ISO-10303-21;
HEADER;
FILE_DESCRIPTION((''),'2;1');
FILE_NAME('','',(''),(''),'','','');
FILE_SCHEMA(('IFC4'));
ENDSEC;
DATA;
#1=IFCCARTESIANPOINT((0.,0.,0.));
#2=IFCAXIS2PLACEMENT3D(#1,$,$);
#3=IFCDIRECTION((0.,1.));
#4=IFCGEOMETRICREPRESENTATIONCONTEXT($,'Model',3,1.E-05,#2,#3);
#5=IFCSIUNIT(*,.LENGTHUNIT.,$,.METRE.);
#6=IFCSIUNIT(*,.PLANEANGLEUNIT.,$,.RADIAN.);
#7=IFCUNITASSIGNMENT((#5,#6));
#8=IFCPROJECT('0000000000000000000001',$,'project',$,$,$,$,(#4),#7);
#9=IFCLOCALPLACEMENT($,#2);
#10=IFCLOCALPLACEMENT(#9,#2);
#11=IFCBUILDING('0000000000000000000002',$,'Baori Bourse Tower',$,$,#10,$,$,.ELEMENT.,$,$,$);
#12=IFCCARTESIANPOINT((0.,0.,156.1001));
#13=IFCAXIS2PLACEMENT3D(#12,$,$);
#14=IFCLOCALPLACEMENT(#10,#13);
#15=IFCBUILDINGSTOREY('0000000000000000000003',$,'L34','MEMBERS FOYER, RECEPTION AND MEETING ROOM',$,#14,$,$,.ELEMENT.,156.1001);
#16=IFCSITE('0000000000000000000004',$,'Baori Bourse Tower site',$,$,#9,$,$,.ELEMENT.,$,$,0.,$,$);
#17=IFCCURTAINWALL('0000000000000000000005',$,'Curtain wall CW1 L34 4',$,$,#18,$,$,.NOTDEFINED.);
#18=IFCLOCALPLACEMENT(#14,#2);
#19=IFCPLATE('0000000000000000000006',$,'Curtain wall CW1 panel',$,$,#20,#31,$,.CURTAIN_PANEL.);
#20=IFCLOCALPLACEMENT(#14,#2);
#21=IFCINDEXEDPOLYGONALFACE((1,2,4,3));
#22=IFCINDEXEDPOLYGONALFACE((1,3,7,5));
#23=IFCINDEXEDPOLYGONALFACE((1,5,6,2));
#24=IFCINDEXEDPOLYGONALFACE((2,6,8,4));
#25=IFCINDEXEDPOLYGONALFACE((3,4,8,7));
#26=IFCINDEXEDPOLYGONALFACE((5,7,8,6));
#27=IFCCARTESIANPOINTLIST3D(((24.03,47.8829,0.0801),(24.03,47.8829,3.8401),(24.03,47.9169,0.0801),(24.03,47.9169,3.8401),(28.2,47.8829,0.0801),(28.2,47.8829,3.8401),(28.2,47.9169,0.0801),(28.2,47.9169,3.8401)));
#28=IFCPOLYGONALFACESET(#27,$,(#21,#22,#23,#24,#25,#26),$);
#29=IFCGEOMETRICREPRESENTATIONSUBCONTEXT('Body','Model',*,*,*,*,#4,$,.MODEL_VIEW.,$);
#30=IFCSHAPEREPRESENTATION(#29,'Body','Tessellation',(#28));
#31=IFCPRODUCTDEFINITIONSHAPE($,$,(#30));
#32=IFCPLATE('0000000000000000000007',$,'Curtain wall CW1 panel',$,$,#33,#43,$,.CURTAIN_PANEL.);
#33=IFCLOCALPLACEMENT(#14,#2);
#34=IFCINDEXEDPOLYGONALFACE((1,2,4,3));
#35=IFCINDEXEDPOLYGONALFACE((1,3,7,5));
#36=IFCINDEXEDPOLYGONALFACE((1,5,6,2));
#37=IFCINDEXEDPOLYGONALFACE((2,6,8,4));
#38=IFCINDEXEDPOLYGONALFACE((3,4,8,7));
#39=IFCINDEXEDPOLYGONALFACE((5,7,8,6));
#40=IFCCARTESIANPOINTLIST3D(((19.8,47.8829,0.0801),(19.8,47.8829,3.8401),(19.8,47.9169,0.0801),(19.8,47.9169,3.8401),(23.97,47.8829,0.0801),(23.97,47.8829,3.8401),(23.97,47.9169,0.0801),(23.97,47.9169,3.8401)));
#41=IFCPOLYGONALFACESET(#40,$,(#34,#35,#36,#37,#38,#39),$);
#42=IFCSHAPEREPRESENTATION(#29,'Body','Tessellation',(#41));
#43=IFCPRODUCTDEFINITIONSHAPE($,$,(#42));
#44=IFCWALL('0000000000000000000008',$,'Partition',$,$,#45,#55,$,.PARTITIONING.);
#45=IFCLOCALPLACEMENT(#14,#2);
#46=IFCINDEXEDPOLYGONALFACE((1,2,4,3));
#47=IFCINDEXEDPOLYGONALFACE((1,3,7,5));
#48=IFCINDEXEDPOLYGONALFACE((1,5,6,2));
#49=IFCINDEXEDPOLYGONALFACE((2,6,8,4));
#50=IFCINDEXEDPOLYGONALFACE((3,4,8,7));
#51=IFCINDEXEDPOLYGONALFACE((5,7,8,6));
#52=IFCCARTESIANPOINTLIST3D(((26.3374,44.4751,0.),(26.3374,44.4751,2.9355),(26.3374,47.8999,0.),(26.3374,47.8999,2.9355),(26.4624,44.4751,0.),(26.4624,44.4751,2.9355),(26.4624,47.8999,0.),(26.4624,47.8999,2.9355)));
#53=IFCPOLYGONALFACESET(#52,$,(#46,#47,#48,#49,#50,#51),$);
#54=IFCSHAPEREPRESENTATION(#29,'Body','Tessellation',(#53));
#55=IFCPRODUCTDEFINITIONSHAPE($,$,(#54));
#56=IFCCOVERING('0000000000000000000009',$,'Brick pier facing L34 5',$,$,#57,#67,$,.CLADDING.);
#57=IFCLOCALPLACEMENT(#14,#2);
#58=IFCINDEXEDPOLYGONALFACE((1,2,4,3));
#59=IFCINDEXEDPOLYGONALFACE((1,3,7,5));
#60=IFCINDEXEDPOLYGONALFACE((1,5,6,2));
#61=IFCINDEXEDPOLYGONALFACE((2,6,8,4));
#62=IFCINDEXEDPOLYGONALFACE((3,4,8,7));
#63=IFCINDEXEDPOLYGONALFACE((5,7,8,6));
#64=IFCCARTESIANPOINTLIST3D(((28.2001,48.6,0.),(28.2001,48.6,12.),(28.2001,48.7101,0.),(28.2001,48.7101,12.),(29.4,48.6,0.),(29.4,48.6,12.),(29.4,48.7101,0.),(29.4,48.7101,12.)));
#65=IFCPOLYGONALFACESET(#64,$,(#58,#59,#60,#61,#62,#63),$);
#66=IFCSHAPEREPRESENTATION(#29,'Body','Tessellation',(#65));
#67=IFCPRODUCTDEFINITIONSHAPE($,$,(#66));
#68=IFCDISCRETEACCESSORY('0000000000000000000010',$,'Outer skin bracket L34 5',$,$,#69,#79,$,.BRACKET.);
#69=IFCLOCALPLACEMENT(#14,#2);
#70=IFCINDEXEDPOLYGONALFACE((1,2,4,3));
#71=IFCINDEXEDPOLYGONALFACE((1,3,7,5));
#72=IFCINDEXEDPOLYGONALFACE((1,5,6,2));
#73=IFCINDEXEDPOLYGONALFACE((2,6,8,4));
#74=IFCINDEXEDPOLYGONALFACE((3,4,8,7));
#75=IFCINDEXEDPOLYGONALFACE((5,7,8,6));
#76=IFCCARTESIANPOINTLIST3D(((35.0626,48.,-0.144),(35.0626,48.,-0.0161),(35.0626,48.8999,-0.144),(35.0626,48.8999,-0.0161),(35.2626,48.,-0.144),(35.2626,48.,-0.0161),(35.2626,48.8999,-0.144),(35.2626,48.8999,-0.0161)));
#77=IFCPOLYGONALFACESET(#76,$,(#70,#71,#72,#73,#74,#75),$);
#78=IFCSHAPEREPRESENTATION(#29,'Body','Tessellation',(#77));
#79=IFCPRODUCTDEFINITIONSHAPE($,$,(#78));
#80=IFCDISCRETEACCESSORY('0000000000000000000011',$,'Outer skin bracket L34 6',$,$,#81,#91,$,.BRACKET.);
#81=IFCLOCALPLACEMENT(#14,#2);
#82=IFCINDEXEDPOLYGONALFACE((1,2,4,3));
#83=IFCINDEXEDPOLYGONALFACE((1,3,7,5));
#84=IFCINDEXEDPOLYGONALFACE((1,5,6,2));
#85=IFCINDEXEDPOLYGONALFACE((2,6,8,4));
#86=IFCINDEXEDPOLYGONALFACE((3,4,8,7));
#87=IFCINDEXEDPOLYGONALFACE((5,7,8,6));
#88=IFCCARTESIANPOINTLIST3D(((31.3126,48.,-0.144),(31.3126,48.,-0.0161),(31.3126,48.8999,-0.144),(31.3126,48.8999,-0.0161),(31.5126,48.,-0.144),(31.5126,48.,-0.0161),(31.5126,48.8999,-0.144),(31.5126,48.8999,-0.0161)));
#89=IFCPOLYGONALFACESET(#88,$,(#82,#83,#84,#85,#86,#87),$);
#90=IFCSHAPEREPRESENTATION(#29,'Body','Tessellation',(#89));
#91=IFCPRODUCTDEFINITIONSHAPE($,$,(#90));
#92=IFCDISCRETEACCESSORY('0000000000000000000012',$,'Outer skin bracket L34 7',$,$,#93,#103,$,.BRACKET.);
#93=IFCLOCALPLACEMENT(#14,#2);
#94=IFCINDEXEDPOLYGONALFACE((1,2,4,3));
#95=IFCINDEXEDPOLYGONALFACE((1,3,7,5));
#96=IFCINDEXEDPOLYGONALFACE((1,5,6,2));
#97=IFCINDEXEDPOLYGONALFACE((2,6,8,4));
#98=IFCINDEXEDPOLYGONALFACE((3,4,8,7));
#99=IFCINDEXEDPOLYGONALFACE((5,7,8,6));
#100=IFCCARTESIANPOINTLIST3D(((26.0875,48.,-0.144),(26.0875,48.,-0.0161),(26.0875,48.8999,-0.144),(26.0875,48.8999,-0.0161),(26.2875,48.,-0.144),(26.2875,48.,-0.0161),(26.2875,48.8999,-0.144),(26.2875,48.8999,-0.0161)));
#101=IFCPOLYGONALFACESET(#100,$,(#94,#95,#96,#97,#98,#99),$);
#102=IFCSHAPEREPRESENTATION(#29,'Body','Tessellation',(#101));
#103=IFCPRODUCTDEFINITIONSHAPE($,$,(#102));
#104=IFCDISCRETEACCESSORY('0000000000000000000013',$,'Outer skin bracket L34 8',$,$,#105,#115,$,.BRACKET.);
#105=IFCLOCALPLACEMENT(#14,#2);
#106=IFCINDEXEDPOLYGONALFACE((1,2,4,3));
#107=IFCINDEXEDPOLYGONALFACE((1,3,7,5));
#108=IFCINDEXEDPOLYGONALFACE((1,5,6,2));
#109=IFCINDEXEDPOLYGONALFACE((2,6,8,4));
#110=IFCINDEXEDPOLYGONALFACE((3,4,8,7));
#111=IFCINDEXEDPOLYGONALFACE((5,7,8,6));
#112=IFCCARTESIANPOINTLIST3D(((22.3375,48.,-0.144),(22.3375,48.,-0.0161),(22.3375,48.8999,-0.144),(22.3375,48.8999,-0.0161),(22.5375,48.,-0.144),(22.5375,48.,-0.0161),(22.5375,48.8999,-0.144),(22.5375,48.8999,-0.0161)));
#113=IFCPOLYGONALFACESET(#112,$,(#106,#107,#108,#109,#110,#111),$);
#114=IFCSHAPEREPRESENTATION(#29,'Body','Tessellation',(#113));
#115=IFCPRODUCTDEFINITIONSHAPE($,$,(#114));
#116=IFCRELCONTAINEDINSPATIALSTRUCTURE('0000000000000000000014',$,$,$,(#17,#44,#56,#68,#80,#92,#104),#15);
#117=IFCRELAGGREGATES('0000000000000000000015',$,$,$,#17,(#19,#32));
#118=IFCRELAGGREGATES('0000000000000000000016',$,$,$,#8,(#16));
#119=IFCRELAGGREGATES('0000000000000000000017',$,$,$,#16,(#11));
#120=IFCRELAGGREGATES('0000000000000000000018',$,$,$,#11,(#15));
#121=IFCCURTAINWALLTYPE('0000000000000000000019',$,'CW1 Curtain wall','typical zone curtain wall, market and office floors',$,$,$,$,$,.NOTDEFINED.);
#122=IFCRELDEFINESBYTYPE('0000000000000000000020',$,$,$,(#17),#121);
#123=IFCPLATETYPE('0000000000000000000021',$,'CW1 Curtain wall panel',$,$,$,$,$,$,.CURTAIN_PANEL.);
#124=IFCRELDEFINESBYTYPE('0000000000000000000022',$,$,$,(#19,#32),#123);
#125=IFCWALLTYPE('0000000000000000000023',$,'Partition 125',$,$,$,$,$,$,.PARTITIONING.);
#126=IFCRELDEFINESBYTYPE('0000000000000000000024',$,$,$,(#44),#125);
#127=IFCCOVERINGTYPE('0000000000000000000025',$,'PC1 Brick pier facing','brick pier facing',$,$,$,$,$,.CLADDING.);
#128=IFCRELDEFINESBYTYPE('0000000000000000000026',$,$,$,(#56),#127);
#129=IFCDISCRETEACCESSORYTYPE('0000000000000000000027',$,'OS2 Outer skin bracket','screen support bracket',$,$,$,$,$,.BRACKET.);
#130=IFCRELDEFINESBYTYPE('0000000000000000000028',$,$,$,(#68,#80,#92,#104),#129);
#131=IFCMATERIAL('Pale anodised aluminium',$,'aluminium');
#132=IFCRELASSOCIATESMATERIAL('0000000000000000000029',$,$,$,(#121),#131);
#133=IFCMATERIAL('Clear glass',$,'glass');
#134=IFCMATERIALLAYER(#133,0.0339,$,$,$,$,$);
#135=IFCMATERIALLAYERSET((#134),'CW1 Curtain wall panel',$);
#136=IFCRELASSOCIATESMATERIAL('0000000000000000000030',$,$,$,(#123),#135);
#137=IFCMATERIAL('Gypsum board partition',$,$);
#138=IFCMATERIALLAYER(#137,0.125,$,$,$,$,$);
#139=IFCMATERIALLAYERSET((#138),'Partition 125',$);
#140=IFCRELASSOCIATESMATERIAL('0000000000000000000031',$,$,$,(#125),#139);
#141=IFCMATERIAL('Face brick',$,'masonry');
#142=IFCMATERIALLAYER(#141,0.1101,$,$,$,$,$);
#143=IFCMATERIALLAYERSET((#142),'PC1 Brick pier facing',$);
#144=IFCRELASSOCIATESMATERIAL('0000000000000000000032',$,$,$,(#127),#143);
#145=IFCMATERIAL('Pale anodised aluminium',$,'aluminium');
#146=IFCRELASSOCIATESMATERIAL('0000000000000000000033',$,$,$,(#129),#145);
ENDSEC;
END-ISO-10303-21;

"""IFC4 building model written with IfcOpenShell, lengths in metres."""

from ifc_helpers import new_model, si_unit, direction, frame, frame_2d, origin, origin_2d, place, context, subcontext, project, spatial, rectangle, extrude, material, layer, layer_set, type_object, element, aggregate, save


model = new_model("IFC4")

# Units and contexts
model_context = context("Model", 3, precision=1e-05, world=origin(), true_north=direction((0.0, 1.0)))
body_context = subcontext(model_context, "Body", "Model", "MODEL_VIEW")
ifc_project = project(units=[si_unit("LENGTHUNIT", "METRE"), si_unit("PLANEANGLEUNIT", "RADIAN")], contexts=[model_context])

# Site, building, storey
site_placement = place(None, origin())
site = spatial("IfcSite", under=ifc_project, at=site_placement, Name="Baori Bourse Tower site", CompositionType="ELEMENT", RefElevation=0.0)
building_placement = place(site_placement, origin())
building = spatial("IfcBuilding", under=site, at=building_placement, Name="Baori Bourse Tower", CompositionType="ELEMENT")
storey_placement = place(building_placement, frame((0.0, 0.0, 156.1001)))
storey = spatial("IfcBuildingStorey", under=building, at=storey_placement, Name="L34", Description="MEMBERS FOYER, RECEPTION AND MEETING ROOM", CompositionType="ELEMENT", Elevation=156.1001)

# Curtain wall
ifc_material_1 = material(Name="Pale anodised aluminium", Category="aluminium")
curtain_wall_type = type_object("IfcCurtainWallType", Name="CW1 Curtain wall", Description="typical zone curtain wall, market and office floors", PredefinedType="NOTDEFINED", material=ifc_material_1)
curtain_wall_placement = place(storey_placement, origin())
curtain_wall = element("IfcCurtainWall", 1, at=curtain_wall_placement, inside=storey, type_object=curtain_wall_type, Name="Curtain wall CW1 L34 4", PredefinedType="NOTDEFINED")

# Plates
ifc_material_2 = material(Name="Clear glass", Category="glass")
ifc_layer_1 = layer(ifc_material_2, 0.0339)
ifc_layer_set_1 = layer_set([ifc_layer_1], Name="CW1 Curtain wall panel")
plate_type = type_object("IfcPlateType", Name="CW1 Curtain wall panel", PredefinedType="CURTAIN_PANEL", material=ifc_layer_set_1)
plate_1_placement = place(storey_placement, frame((26.115, 47.8999, 0.0801), z_axis=(0.0, 0.0, 1.0), x_axis=(-1.0, 0.0, 0.0)))
plate_1 = element("IfcPlate", 2, at=plate_1_placement, type_object=plate_type, Name="Curtain wall CW1 panel", PredefinedType="CURTAIN_PANEL", context=body_context, shape_type="SweptSolid", body=[
    extrude(rectangle(XDim=4.1699, YDim=0.0339, at=origin_2d()), origin(), (0.0, 0.0, 1.0), 3.76),
])
plate_2_placement = place(storey_placement, frame((21.885, 47.8999, 0.0801), z_axis=(0.0, 0.0, 1.0), x_axis=(-1.0, 0.0, 0.0)))
plate_2 = element("IfcPlate", 3, at=plate_2_placement, type_object=plate_type, Name="Curtain wall CW1 panel", PredefinedType="CURTAIN_PANEL", context=body_context, shape_type="SweptSolid", body=[
    extrude(rectangle(XDim=4.1699, YDim=0.0339, at=origin_2d()), origin(), (0.0, 0.0, 1.0), 3.76),
])
aggregate(curtain_wall, [plate_1, plate_2])

# Wall
ifc_material_3 = material(Name="Gypsum board partition")
ifc_layer_2 = layer(ifc_material_3, 0.125)
ifc_layer_set_2 = layer_set([ifc_layer_2], Name="Partition 125")
wall_type = type_object("IfcWallType", Name="Partition 125", PredefinedType="PARTITIONING", material=ifc_layer_set_2)
wall_placement = place(storey_placement, frame((26.3999, 44.4751, 0.0), z_axis=(0.0, 0.0, 1.0), x_axis=(0.0, 1.0, 0.0)))
element("IfcWall", 4, at=wall_placement, inside=storey, type_object=wall_type, Name="Partition", PredefinedType="PARTITIONING", context=body_context, shape_type="SweptSolid", body=[
    extrude(rectangle(XDim=3.4248, YDim=0.125, at=frame_2d((1.7124, 0.0))), origin(), (0.0, 0.0, 1.0), 2.9355),
])

# Covering
ifc_material_4 = material(Name="Face brick", Category="masonry")
ifc_layer_3 = layer(ifc_material_4, 0.1101)
ifc_layer_set_3 = layer_set([ifc_layer_3], Name="PC1 Brick pier facing")
covering_type = type_object("IfcCoveringType", Name="PC1 Brick pier facing", Description="brick pier facing", PredefinedType="CLADDING", material=ifc_layer_set_3)
covering_placement = place(storey_placement, frame((28.8, 48.655, 0.0), z_axis=(0.0, 0.0, 1.0), x_axis=(1.0, 0.0, 0.0)))
element("IfcCovering", 5, at=covering_placement, inside=storey, type_object=covering_type, Name="Brick pier facing L34 5", PredefinedType="CLADDING", context=body_context, shape_type="SweptSolid", body=[
    extrude(rectangle(XDim=1.2, YDim=0.1101, at=origin_2d()), origin(), (0.0, 0.0, 1.0), 12.0),
])

# Discrete accessories
ifc_material_5 = material(Name="Pale anodised aluminium", Category="aluminium")
discrete_accessory_type = type_object("IfcDiscreteAccessoryType", Name="OS2 Outer skin bracket", Description="screen support bracket", PredefinedType="BRACKET", material=ifc_material_5)
for number, where, z_axis, x_axis, name in (
    (6, (35.1626, 48.45, -0.144), (0.0, 0.0, 1.0), (-1.0, 0.0, 0.0), "Outer skin bracket L34 5"),
    (7, (31.4126, 48.45, -0.144), (0.0, 0.0, 1.0), (-1.0, 0.0, 0.0), "Outer skin bracket L34 6"),
    (8, (26.1875, 48.45, -0.144), (0.0, 0.0, 1.0), (-1.0, 0.0, 0.0), "Outer skin bracket L34 7"),
    (9, (22.4375, 48.45, -0.144), (0.0, 0.0, 1.0), (-1.0, 0.0, 0.0), "Outer skin bracket L34 8"),
):
    element("IfcDiscreteAccessory", number, at=place(storey_placement, frame(where, z_axis=z_axis, x_axis=x_axis)), inside=storey, type_object=discrete_accessory_type, Name=name, PredefinedType="BRACKET", context=body_context, shape_type="SweptSolid", body=[
        extrude(rectangle(XDim=0.2, YDim=0.8999, at=origin_2d()), origin(), (0.0, 0.0, 1.0), 0.1279),
    ])

save(model, "model.ifc")
